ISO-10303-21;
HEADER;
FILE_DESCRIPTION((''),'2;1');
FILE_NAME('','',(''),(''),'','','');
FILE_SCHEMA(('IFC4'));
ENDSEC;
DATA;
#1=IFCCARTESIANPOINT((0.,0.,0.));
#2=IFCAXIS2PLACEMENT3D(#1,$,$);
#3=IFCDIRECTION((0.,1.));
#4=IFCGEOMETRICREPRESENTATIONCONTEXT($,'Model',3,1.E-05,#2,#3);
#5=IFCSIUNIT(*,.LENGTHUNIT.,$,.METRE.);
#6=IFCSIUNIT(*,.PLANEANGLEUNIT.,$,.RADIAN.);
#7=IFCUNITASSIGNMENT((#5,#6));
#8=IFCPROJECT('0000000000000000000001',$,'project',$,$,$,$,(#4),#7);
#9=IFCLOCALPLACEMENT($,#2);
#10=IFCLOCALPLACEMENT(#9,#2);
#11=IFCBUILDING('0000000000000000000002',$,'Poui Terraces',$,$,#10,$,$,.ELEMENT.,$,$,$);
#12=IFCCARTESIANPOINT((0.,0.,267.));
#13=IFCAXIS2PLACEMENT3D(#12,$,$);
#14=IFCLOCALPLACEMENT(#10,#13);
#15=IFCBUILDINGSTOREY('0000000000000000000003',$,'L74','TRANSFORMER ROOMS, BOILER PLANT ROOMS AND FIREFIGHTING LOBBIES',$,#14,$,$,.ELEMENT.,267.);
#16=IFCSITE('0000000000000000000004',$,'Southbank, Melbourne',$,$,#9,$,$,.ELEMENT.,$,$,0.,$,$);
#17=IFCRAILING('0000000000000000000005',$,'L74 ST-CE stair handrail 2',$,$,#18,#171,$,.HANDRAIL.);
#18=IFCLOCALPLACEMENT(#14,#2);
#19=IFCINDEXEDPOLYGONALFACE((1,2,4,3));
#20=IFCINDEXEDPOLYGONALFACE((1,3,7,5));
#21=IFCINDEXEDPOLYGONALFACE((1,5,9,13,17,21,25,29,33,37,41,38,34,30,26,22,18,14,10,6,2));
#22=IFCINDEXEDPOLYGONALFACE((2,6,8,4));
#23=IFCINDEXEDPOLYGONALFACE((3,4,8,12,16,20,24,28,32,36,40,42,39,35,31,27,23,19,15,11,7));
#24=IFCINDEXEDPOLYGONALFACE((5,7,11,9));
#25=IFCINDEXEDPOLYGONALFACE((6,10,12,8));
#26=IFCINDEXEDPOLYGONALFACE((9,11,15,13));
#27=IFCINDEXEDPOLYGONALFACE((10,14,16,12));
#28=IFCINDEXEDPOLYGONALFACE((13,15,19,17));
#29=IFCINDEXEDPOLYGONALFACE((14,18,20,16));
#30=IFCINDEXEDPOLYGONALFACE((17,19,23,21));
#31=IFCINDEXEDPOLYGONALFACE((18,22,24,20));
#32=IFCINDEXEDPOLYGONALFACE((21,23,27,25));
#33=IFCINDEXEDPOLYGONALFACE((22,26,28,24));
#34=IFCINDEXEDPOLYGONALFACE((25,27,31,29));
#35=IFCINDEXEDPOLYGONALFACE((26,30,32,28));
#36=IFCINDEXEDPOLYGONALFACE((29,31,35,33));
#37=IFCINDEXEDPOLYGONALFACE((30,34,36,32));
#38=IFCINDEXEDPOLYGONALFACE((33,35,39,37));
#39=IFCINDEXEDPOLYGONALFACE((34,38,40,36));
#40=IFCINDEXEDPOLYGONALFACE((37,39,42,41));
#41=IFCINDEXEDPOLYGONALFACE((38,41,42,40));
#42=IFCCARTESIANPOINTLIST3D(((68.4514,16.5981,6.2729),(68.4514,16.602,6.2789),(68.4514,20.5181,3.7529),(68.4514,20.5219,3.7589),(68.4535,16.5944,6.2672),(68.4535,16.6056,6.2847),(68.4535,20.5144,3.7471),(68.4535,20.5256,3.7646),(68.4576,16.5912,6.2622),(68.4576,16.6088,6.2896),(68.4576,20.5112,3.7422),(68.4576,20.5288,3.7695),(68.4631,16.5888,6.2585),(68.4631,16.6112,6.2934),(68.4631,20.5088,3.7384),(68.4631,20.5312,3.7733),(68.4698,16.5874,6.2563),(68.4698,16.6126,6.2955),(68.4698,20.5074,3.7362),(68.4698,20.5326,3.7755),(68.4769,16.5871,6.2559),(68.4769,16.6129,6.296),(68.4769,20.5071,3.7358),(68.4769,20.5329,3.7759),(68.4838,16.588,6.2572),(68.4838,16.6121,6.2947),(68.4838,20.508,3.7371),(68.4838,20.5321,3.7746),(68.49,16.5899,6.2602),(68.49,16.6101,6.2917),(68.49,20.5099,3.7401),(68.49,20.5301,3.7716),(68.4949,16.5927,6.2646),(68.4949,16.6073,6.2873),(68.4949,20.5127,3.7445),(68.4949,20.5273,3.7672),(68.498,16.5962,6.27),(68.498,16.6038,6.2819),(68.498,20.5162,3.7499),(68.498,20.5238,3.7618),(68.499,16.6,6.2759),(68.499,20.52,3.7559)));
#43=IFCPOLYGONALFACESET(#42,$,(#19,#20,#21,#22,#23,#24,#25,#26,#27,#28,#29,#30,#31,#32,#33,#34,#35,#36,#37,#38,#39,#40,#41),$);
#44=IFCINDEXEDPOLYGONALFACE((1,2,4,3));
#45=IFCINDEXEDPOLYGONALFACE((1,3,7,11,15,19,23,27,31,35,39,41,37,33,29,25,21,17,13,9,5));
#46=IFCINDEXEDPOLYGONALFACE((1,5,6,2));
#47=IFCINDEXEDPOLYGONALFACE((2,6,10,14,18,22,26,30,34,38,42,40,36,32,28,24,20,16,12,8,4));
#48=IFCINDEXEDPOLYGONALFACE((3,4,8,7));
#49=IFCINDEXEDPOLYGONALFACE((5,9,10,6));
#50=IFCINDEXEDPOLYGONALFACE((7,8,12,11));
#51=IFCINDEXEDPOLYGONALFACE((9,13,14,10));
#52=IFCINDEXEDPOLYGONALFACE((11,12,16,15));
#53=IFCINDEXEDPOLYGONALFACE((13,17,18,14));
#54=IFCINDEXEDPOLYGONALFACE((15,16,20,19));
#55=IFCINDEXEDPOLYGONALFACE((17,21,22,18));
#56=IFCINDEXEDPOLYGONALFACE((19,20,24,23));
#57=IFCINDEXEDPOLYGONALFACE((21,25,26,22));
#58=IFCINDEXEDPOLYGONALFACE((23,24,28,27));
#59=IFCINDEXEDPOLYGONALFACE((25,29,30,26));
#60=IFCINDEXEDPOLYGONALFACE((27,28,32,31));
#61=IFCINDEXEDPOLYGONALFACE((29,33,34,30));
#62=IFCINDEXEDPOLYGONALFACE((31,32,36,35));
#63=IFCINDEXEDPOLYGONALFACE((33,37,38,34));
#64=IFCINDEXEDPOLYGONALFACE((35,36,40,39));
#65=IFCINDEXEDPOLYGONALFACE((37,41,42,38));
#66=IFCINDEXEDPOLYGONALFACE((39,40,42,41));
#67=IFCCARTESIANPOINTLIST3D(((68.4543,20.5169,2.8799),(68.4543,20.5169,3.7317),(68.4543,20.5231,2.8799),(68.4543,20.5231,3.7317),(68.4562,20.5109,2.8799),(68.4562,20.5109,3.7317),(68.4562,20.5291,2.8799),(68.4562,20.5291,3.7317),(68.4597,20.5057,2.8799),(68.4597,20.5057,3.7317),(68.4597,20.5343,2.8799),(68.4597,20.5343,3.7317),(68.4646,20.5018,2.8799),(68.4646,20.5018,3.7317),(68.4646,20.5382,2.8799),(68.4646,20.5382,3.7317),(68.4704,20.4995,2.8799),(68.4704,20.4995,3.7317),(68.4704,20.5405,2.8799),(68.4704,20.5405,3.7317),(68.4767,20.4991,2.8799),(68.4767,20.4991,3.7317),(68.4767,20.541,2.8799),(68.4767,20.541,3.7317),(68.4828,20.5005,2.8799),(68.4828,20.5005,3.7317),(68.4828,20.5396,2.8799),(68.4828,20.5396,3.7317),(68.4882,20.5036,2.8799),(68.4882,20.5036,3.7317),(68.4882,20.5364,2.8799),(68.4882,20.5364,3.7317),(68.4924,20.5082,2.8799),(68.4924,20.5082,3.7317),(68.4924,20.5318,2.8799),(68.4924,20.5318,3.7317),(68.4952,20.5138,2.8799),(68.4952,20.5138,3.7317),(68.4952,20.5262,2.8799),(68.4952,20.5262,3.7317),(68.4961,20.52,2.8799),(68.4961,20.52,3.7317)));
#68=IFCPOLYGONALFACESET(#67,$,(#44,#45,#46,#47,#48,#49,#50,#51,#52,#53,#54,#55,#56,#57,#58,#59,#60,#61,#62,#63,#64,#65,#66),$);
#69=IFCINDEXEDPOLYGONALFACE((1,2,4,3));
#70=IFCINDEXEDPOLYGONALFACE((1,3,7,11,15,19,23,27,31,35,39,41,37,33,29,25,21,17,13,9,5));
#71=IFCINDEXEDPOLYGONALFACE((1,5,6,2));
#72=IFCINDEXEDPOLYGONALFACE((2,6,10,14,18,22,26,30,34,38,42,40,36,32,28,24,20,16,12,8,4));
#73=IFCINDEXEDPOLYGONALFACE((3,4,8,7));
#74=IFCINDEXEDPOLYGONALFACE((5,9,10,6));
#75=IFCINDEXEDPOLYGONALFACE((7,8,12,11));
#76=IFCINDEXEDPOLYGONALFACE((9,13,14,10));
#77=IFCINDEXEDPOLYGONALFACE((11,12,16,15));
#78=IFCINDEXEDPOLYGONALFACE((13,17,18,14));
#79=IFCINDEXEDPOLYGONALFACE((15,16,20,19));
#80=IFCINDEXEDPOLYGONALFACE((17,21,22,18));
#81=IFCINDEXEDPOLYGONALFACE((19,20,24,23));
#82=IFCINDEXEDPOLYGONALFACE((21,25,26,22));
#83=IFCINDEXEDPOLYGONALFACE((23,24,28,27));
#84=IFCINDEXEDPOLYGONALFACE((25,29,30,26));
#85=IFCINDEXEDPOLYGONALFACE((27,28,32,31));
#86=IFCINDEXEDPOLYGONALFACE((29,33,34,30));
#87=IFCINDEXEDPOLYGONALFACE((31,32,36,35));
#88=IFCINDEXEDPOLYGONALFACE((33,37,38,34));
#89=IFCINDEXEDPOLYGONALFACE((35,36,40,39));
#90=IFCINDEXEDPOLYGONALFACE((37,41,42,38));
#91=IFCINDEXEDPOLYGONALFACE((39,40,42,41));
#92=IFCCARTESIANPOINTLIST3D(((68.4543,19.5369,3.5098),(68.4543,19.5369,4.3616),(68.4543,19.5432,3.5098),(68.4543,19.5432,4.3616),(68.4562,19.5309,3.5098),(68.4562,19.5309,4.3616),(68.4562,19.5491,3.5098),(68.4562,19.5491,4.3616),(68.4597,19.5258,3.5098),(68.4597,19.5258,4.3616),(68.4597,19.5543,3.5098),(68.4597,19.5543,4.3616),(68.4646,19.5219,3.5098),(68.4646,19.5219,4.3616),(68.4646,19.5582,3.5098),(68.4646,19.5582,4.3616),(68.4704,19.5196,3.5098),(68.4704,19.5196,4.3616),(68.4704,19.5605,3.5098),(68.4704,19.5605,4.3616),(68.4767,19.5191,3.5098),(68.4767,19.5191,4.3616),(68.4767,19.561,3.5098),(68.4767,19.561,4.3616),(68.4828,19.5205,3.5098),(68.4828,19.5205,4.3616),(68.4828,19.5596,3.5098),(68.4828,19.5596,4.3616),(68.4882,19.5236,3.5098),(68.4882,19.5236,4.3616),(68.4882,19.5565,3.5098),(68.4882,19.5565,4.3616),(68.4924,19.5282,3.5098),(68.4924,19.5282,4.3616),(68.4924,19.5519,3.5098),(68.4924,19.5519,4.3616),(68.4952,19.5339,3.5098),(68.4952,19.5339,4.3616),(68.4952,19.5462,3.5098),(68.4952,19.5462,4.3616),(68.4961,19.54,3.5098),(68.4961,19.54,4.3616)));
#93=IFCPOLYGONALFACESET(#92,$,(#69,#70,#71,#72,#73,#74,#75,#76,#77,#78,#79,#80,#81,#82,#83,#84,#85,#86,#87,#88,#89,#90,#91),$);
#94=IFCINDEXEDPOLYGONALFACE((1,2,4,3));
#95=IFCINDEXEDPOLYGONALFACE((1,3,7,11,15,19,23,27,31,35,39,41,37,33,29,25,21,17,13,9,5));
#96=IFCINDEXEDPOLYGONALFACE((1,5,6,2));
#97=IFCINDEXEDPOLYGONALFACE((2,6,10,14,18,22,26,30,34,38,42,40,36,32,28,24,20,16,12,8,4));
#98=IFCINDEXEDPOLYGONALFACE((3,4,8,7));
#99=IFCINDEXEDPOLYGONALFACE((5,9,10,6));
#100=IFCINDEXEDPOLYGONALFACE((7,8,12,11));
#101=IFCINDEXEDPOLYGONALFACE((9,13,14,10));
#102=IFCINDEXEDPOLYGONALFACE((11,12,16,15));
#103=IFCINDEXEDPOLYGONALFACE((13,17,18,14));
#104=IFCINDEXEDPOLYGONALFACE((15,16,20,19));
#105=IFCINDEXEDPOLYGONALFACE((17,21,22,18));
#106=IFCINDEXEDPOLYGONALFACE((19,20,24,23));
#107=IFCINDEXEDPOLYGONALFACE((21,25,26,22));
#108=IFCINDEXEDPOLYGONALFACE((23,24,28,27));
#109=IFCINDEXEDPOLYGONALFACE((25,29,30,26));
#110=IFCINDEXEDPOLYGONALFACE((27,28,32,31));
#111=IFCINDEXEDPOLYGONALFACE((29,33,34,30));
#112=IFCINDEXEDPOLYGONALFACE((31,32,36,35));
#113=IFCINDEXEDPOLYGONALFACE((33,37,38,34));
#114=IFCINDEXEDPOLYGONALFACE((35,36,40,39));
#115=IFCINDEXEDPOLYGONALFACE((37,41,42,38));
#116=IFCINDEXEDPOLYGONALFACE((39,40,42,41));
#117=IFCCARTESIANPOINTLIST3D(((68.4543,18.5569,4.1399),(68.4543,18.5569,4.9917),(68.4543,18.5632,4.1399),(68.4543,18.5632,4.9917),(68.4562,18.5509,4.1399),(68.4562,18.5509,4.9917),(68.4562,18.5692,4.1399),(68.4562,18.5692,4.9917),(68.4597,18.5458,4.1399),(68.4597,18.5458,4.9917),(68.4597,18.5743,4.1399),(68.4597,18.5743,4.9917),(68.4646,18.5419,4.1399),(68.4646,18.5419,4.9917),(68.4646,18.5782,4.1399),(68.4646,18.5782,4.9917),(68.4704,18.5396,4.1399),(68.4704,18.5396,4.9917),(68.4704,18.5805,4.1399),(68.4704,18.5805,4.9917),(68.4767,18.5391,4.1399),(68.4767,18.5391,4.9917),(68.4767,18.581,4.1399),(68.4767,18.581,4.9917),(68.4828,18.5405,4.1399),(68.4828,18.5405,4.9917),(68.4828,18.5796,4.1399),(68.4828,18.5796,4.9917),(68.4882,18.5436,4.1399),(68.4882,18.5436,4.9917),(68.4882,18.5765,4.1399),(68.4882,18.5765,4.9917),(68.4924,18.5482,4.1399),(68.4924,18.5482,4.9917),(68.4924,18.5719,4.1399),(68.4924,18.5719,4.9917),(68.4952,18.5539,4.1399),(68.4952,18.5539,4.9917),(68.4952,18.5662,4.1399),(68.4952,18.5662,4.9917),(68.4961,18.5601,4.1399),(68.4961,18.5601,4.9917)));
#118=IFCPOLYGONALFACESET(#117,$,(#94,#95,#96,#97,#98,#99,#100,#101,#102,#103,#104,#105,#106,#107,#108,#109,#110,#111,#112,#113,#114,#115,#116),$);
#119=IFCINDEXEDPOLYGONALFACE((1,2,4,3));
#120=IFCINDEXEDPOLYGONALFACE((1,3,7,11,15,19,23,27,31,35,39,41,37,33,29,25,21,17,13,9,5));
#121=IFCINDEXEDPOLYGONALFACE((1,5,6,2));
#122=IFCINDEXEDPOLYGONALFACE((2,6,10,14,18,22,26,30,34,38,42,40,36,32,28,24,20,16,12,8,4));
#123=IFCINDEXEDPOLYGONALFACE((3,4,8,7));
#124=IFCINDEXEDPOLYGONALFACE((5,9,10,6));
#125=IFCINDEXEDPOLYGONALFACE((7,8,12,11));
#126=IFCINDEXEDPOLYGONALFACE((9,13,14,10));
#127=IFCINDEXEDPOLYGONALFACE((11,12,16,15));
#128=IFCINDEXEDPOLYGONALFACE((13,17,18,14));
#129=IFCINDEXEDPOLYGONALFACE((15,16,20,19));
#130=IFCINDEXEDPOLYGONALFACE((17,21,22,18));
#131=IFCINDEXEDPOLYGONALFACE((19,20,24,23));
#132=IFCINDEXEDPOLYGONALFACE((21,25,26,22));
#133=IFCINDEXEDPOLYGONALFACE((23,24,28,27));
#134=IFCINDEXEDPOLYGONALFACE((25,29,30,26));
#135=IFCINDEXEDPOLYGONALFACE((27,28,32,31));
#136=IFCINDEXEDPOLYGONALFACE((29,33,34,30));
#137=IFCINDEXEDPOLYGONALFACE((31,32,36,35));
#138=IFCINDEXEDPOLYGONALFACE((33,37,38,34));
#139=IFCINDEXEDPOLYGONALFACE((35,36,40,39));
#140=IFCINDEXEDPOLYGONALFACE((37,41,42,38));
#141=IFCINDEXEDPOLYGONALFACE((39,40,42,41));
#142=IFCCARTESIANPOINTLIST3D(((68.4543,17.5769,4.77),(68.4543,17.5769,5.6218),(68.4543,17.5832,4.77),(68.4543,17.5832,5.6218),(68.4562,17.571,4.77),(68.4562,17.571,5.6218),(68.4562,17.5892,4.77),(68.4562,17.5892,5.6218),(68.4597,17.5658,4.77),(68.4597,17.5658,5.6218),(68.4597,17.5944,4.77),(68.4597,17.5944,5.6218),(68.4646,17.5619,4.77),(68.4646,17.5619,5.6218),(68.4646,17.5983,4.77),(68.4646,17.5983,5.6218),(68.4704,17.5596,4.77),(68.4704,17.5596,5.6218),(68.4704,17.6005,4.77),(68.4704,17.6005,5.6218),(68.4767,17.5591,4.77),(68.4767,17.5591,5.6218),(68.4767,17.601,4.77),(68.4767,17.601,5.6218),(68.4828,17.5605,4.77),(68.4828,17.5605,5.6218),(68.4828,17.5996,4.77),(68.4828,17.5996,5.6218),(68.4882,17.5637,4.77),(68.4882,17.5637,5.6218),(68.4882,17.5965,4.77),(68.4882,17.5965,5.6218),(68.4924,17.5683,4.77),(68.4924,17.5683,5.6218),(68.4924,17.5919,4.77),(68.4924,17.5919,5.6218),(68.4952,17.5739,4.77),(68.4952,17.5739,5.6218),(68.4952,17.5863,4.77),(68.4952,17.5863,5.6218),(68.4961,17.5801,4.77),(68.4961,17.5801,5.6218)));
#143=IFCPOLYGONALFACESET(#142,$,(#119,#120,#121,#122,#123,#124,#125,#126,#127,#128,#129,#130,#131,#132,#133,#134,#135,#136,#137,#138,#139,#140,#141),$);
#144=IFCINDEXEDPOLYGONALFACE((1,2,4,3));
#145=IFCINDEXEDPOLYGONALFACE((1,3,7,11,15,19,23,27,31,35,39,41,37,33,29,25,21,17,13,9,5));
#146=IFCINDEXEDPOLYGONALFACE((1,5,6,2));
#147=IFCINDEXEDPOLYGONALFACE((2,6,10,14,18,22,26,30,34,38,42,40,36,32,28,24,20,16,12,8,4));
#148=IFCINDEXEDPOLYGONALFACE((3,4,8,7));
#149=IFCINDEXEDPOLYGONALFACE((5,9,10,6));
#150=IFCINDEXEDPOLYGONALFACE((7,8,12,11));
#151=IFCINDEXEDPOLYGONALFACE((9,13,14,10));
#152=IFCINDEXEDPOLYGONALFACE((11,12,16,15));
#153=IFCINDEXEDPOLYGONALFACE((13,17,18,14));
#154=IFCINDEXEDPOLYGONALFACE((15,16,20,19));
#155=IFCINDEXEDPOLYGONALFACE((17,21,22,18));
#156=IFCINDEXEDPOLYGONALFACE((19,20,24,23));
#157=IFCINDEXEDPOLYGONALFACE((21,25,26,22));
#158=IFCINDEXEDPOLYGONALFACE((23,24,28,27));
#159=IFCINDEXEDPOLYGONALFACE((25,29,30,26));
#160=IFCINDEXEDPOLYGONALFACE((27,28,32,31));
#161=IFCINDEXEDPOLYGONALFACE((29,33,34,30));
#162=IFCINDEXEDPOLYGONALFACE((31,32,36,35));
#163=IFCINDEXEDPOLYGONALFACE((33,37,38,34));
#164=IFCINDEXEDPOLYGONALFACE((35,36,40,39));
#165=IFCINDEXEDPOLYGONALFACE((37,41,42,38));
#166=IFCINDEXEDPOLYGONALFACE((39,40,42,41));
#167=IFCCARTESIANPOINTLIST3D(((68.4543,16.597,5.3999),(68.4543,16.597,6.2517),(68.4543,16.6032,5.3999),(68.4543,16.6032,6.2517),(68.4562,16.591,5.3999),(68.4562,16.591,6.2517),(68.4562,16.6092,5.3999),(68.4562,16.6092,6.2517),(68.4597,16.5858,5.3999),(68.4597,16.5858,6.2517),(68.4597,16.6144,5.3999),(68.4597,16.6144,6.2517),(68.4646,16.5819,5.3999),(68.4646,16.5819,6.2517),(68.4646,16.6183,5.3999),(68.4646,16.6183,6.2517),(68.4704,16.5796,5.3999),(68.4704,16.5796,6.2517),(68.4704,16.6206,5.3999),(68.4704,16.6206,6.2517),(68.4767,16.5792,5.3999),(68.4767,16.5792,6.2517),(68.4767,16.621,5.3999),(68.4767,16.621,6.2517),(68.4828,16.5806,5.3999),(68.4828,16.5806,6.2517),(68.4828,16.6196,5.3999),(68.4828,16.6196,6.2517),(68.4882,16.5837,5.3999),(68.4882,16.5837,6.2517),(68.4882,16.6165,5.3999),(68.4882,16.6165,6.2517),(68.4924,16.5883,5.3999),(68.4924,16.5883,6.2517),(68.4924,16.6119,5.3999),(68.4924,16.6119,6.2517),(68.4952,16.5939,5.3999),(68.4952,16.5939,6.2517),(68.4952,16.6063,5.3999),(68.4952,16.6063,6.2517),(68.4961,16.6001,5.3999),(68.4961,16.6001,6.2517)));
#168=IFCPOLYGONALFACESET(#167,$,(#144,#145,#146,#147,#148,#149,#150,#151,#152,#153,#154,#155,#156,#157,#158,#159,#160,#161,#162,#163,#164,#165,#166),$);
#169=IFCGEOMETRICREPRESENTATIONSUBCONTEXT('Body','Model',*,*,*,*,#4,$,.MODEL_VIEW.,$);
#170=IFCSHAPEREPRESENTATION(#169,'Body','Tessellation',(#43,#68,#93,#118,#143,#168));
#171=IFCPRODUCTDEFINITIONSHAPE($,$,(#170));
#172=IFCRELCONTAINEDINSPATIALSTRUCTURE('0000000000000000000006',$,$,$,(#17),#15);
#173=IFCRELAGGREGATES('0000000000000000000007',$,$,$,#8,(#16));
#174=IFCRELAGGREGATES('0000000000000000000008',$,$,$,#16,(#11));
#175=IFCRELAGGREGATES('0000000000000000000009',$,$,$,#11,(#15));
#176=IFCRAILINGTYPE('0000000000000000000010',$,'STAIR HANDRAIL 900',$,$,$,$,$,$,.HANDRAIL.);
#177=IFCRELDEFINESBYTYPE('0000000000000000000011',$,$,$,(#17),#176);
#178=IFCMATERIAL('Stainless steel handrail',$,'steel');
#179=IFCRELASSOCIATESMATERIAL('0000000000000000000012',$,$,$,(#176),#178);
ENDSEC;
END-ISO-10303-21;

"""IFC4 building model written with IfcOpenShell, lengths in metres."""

from ifc_helpers import new_model, si_unit, direction, frame, origin, origin_2d, place, context, subcontext, project, spatial, circle, extrude, material, type_object, element, save


model = new_model("IFC4")

# Units and contexts
model_context = context("Model", 3, precision=1e-05, world=origin(), true_north=direction((0.0, 1.0)))
body_context = subcontext(model_context, "Body", "Model", "MODEL_VIEW")
ifc_project = project(units=[si_unit("LENGTHUNIT", "METRE"), si_unit("PLANEANGLEUNIT", "RADIAN")], contexts=[model_context])

# Site, building, storey
site_placement = place(None, origin())
site = spatial("IfcSite", under=ifc_project, at=site_placement, Name="Southbank, Melbourne", CompositionType="ELEMENT", RefElevation=0.0)
building_placement = place(site_placement, origin())
building = spatial("IfcBuilding", under=site, at=building_placement, Name="Poui Terraces", CompositionType="ELEMENT")
storey_placement = place(building_placement, frame((0.0, 0.0, 267.0)))
storey = spatial("IfcBuildingStorey", under=building, at=storey_placement, Name="L74", Description="TRANSFORMER ROOMS, BOILER PLANT ROOMS AND FIREFIGHTING LOBBIES", CompositionType="ELEMENT", Elevation=267.0)

# Railing
ifc_material_1 = material(Name="Stainless steel handrail", Category="steel")
railing_type = type_object("IfcRailingType", Name="STAIR HANDRAIL 900", PredefinedType="HANDRAIL", material=ifc_material_1)
railing_placement = place(storey_placement, frame((68.4751, 20.52, 2.8799)))
element("IfcRailing", 1, at=railing_placement, inside=storey, type_object=railing_type, Name="L74 ST-CE stair handrail 2", PredefinedType="HANDRAIL", context=body_context, shape_type="SweptSolid", body=[
    extrude(circle(Radius=0.0239, at=origin_2d()), frame((0.0, 0.0, 0.876), z_axis=(0.0, -0.841172, 0.540768), x_axis=(1.0, 0.0, 0.0)), (0.0, 0.0, 1.0), 4.6602),
    extrude(circle(Radius=0.021, at=origin_2d()), origin(), (0.0, 0.0, 1.0), 0.8518),
    extrude(circle(Radius=0.021, at=origin_2d()), frame((0.0, -0.98, 0.6299)), (0.0, 0.0, 1.0), 0.8518),
    extrude(circle(Radius=0.021, at=origin_2d()), frame((0.0, -1.96, 1.26)), (0.0, 0.0, 1.0), 0.8518),
    extrude(circle(Radius=0.021, at=origin_2d()), frame((0.0, -2.9399, 1.8901)), (0.0, 0.0, 1.0), 0.8518),
    extrude(circle(Radius=0.021, at=origin_2d()), frame((0.0, -3.9199, 2.52)), (0.0, 0.0, 1.0), 0.8518),
])

save(model, "model.ifc")
